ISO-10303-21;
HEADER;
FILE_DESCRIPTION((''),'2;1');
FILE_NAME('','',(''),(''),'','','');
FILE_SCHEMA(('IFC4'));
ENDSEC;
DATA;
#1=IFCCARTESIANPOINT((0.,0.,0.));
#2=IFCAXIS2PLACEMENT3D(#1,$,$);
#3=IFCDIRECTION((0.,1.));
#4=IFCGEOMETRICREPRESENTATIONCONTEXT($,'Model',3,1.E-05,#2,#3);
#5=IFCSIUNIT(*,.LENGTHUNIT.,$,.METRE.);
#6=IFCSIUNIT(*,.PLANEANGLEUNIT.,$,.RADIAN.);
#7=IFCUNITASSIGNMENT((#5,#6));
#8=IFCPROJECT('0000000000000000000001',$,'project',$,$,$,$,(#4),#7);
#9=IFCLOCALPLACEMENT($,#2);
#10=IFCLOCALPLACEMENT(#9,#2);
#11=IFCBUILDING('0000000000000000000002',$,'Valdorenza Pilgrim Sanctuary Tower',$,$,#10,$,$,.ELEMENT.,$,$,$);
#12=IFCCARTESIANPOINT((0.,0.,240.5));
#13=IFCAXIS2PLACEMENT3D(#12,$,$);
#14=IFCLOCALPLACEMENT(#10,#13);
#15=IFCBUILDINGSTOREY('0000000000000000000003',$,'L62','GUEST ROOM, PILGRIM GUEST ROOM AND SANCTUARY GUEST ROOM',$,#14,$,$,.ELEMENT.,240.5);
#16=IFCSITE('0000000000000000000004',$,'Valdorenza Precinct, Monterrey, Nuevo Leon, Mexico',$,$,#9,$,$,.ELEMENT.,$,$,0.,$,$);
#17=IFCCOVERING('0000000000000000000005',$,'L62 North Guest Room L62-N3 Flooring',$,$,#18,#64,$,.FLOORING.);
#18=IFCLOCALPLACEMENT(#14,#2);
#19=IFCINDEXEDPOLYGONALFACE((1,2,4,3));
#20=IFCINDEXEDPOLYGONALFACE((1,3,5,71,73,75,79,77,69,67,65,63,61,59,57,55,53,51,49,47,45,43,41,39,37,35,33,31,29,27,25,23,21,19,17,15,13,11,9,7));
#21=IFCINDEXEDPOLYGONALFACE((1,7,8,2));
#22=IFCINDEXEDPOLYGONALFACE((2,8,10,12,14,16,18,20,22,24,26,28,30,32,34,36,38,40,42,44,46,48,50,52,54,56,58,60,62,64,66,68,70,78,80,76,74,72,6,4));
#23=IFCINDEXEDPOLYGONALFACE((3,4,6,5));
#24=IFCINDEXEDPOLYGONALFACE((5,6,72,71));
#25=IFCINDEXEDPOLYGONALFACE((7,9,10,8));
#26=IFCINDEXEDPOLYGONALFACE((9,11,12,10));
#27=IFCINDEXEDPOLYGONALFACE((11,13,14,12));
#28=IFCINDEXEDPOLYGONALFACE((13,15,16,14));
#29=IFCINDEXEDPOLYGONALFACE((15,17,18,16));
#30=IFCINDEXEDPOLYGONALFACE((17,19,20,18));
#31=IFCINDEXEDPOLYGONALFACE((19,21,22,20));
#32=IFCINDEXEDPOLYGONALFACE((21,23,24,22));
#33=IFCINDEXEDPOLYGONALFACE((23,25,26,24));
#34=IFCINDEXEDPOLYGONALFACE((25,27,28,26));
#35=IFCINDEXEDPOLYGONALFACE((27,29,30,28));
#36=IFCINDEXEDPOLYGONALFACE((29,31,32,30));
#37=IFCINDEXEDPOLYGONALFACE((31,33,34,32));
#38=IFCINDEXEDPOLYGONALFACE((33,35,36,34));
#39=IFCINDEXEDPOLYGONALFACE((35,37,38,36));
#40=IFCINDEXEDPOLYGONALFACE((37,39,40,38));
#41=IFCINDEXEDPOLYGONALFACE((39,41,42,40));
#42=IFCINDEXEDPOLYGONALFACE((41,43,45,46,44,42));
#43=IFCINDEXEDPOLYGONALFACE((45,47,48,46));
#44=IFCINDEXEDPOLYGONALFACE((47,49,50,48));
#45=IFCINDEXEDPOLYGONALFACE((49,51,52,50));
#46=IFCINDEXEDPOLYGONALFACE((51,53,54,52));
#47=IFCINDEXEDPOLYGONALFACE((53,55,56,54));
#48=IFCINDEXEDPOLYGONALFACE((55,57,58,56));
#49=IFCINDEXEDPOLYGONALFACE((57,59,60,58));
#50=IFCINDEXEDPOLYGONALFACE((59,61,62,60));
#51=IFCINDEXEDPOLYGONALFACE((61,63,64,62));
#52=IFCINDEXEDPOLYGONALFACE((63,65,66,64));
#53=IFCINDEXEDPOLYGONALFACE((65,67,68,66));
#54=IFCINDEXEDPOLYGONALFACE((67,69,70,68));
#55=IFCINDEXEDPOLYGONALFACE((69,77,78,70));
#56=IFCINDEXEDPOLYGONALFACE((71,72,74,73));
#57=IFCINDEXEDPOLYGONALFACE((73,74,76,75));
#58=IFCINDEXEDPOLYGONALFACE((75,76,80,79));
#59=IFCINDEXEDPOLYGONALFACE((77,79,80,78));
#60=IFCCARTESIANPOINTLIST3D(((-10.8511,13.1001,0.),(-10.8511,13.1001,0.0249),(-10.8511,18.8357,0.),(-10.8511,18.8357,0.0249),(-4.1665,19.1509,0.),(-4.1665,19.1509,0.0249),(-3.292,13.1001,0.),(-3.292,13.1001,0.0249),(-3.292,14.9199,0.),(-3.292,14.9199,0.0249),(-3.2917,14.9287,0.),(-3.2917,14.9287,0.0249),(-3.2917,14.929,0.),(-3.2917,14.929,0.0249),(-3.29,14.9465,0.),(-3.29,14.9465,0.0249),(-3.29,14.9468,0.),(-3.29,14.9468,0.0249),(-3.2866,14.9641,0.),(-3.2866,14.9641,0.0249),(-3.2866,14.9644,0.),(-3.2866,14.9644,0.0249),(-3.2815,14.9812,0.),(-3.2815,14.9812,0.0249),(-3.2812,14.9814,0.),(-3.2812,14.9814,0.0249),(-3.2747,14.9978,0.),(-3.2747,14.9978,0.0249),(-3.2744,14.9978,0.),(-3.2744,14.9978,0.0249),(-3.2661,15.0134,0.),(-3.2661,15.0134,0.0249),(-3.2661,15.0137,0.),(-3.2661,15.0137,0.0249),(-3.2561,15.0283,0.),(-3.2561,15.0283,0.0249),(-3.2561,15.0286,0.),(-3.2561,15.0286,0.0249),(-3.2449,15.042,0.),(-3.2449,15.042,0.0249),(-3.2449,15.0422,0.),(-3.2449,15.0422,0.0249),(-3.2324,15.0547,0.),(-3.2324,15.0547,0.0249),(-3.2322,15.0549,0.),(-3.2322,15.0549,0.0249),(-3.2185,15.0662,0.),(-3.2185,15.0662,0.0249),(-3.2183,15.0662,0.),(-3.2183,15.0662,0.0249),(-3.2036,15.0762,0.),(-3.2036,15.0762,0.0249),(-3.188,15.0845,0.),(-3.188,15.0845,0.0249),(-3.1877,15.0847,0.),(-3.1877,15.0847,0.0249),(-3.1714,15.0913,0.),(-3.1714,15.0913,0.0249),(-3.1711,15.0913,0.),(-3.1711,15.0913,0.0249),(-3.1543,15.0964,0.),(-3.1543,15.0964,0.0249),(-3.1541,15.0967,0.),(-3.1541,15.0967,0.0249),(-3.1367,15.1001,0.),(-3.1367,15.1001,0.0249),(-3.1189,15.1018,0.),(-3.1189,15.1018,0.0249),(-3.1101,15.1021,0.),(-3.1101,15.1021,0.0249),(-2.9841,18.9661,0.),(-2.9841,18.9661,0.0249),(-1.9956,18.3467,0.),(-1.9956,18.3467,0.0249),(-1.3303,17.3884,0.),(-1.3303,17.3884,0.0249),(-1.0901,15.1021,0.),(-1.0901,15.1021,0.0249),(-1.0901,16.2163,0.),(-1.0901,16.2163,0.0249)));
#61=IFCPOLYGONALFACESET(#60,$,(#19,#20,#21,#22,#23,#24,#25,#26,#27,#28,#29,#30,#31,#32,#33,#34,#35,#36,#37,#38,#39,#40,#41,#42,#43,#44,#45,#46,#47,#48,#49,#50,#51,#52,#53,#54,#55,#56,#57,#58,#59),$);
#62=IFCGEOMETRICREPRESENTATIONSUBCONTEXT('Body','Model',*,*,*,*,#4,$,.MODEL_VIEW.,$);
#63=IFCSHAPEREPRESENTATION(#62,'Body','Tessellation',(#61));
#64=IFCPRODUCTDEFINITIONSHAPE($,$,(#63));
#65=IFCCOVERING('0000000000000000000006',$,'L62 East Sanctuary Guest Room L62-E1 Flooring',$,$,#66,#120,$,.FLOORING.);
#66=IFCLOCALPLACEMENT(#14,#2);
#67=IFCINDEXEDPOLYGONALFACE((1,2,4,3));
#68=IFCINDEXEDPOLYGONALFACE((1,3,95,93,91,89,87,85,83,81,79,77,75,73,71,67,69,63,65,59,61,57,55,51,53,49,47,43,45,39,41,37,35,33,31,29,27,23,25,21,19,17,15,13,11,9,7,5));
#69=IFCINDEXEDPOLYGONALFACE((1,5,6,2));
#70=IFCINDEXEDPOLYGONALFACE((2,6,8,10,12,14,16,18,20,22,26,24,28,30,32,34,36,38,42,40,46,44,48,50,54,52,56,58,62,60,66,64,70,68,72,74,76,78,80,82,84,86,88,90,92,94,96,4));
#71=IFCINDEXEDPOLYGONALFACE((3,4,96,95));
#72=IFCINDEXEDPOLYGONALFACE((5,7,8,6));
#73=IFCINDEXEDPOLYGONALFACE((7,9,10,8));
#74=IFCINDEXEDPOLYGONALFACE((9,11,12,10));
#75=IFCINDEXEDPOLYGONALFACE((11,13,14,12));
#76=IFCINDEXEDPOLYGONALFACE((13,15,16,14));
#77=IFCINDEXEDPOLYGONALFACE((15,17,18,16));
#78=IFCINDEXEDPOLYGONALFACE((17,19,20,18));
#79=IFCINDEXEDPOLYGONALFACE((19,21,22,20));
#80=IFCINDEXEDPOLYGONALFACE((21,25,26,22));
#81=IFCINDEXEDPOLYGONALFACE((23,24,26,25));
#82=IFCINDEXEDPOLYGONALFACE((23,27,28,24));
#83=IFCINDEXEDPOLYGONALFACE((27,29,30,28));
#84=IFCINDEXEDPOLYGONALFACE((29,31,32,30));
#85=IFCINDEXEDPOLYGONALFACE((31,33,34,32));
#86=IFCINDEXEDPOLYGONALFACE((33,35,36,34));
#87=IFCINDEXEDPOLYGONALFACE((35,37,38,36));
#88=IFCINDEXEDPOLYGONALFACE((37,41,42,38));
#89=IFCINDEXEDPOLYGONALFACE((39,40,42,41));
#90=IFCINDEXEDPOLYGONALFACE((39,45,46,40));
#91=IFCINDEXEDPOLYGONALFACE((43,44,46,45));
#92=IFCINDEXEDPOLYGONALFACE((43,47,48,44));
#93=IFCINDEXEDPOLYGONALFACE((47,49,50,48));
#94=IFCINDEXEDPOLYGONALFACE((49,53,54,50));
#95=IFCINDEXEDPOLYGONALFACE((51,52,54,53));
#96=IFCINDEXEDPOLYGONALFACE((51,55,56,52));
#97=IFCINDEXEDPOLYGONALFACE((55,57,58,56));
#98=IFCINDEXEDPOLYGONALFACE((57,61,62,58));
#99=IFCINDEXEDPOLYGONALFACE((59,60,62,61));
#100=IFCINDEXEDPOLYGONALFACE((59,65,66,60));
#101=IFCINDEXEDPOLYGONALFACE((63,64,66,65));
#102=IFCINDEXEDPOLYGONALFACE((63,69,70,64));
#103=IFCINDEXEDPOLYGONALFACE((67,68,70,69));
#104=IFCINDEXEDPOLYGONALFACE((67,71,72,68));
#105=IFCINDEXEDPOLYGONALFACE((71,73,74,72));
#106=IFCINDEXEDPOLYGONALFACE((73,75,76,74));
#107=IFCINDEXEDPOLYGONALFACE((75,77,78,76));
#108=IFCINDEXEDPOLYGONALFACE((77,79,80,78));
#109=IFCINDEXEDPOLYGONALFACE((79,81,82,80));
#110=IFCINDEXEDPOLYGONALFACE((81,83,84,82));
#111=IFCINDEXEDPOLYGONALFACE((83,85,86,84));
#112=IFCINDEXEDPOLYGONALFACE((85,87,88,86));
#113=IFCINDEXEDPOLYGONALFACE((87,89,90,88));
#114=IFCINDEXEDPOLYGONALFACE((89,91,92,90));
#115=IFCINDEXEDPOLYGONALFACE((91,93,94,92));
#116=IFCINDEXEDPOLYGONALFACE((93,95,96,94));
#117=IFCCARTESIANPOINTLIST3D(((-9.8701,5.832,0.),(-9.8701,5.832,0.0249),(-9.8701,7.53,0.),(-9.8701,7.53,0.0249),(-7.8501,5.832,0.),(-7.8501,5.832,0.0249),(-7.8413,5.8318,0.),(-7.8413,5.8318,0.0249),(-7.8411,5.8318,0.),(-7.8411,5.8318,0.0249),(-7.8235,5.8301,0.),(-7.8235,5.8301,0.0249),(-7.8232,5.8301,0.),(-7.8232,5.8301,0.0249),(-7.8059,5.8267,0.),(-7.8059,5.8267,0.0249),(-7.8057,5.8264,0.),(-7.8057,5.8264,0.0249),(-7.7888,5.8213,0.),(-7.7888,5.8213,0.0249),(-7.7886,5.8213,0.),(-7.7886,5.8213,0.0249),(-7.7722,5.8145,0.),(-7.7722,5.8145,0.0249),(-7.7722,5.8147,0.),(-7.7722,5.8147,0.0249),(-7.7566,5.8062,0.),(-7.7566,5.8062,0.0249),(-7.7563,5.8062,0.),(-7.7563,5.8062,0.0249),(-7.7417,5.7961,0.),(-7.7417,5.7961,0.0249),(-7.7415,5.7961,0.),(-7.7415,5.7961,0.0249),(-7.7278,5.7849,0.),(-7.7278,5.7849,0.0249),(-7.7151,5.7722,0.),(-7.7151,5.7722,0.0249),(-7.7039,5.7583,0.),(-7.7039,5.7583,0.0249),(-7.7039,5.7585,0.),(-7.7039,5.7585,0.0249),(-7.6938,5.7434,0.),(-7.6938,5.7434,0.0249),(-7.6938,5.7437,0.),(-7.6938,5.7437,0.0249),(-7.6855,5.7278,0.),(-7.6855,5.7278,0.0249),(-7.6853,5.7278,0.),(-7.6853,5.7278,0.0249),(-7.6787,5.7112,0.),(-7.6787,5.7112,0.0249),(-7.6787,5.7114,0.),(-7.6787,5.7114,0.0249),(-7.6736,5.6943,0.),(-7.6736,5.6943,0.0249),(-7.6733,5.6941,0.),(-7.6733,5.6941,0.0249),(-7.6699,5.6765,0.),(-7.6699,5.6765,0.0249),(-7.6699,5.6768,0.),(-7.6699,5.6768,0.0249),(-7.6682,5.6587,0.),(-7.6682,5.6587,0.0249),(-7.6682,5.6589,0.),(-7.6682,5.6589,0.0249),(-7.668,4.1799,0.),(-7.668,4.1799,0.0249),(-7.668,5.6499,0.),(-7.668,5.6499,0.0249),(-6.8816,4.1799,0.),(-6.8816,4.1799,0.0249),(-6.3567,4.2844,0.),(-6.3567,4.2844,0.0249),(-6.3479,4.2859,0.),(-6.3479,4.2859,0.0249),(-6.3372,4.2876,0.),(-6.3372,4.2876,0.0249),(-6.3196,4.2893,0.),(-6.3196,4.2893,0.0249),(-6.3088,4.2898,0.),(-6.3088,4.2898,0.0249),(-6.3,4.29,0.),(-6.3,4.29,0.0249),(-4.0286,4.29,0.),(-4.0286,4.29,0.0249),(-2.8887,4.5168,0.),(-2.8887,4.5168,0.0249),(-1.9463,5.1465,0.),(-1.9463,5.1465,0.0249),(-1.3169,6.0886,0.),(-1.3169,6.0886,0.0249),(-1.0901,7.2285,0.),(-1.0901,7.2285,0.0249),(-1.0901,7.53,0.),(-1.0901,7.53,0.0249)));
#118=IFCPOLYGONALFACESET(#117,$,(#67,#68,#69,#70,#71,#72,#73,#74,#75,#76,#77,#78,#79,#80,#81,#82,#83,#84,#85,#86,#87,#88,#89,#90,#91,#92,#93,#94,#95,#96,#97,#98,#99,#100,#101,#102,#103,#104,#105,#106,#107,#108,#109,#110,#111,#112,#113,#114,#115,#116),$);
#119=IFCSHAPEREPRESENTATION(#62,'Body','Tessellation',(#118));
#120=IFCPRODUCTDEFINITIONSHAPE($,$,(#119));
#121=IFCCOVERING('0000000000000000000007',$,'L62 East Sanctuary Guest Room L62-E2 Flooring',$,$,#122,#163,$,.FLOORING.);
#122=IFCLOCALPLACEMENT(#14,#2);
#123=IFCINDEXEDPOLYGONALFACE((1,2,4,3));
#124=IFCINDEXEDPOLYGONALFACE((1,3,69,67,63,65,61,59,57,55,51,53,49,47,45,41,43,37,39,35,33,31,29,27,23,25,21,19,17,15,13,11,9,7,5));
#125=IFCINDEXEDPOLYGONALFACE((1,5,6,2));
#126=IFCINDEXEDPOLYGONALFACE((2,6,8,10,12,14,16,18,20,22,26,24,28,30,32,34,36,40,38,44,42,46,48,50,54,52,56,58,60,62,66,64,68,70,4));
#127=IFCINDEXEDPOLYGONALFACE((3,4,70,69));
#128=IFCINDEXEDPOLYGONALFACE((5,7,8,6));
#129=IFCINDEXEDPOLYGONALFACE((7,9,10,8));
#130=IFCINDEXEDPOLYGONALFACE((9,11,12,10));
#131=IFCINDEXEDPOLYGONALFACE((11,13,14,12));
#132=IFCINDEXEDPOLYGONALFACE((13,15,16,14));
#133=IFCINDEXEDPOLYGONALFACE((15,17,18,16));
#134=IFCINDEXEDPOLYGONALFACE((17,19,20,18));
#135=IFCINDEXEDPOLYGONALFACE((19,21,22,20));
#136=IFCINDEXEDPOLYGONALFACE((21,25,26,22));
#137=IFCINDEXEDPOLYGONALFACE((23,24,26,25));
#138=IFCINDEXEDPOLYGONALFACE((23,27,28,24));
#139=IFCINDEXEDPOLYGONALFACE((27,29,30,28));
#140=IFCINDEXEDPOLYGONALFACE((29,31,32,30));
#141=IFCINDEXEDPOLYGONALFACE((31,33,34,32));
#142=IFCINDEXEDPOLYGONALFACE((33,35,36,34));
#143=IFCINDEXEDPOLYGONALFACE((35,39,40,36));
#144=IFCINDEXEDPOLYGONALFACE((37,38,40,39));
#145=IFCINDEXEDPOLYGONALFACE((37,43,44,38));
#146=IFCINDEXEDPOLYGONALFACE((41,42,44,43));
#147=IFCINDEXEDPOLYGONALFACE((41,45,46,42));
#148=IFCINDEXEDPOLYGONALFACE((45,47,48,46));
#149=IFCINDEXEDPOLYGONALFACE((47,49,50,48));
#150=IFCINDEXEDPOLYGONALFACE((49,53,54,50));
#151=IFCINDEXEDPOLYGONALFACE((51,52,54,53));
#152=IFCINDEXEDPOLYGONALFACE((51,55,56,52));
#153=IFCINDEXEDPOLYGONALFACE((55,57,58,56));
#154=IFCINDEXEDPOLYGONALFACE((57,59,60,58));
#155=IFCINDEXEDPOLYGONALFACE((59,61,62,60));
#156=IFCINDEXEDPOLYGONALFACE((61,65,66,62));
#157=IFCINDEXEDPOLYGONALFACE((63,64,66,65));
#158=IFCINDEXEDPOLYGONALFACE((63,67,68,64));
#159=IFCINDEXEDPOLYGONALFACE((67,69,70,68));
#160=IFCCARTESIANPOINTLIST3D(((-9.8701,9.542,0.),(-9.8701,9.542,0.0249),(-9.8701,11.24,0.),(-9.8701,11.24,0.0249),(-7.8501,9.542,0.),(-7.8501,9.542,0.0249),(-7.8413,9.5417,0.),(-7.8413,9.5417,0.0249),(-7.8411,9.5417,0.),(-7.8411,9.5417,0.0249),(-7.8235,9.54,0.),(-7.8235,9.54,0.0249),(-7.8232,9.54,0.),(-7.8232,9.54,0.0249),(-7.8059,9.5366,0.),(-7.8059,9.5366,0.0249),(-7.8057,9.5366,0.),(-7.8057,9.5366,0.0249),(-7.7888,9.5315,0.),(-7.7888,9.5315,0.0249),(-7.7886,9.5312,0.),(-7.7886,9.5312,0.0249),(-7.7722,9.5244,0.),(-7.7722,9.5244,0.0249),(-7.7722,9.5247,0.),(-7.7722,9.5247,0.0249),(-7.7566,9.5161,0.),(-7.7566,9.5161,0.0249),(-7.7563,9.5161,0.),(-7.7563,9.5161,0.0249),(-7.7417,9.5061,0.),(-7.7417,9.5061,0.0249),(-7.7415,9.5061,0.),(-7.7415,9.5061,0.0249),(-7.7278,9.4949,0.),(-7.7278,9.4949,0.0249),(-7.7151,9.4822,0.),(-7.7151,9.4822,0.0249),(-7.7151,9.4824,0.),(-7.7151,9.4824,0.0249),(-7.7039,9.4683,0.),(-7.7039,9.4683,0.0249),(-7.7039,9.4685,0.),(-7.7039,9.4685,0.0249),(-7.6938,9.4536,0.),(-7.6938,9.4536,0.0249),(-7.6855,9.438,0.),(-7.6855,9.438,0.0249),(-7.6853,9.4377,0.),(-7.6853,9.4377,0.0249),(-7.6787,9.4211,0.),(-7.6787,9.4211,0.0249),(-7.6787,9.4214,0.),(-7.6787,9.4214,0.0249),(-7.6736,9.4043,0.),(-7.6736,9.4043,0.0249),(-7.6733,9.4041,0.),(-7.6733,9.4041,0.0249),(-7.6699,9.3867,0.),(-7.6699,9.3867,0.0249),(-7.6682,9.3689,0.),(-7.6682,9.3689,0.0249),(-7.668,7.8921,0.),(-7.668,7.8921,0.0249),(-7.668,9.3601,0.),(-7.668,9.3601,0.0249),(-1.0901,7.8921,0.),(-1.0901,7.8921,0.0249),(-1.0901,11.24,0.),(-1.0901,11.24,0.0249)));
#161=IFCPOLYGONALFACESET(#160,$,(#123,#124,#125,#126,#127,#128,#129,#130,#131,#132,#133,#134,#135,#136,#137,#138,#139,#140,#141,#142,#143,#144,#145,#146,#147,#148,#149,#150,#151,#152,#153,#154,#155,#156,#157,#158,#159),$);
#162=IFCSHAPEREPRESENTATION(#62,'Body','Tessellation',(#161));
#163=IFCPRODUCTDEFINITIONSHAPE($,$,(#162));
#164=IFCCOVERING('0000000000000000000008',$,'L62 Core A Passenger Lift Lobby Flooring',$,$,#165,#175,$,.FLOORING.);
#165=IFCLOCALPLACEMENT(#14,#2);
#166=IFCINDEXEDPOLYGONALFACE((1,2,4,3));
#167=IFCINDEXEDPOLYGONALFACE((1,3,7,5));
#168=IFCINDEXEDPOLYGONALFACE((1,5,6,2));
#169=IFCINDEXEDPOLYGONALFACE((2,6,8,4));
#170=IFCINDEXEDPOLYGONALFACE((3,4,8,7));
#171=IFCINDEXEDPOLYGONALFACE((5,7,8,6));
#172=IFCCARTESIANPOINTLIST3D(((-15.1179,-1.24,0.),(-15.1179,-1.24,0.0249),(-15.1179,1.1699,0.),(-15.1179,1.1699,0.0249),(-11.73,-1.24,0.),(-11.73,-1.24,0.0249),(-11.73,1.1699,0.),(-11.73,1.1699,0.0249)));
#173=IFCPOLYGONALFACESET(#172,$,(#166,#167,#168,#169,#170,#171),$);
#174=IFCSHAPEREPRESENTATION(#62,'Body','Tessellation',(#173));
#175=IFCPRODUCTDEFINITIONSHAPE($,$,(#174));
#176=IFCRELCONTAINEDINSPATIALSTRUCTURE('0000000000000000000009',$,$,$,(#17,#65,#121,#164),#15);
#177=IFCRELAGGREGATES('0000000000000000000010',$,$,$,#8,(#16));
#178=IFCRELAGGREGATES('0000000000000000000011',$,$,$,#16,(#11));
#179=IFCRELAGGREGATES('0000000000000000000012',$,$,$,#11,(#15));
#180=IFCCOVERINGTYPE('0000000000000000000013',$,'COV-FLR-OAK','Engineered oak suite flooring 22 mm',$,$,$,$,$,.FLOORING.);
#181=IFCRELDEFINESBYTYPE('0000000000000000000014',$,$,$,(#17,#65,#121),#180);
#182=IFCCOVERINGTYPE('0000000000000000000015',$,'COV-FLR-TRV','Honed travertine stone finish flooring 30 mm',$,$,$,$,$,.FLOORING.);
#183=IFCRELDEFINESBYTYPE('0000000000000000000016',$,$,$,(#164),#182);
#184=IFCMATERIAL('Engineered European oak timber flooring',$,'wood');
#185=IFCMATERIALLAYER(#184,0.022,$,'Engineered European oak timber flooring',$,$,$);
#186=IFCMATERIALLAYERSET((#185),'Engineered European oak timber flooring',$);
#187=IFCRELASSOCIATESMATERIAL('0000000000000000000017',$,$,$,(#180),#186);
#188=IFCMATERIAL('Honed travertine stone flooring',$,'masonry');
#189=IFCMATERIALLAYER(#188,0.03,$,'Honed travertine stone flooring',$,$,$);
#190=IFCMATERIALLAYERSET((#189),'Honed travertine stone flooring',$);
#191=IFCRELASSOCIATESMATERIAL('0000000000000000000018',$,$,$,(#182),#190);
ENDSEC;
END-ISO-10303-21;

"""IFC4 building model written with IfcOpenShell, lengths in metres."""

from ifc_helpers import new_model, si_unit, direction, frame, origin, place, context, subcontext, project, spatial, polyline, outline, extrude, material, layer, layer_set, type_object, element, save


model = new_model("IFC4")

# Units and contexts
model_context = context("Model", 3, precision=1e-05, world=origin(), true_north=direction((0.0, 1.0)))
body_context = subcontext(model_context, "Body", "Model", "MODEL_VIEW")
ifc_project = project(units=[si_unit("LENGTHUNIT", "METRE"), si_unit("PLANEANGLEUNIT", "RADIAN")], contexts=[model_context])

# Site, building, storey
site_placement = place(None, origin())
site = spatial("IfcSite", under=ifc_project, at=site_placement, Name="Valdorenza Precinct, Monterrey, Nuevo Leon, Mexico", CompositionType="ELEMENT", RefElevation=0.0)
building_placement = place(site_placement, origin())
building = spatial("IfcBuilding", under=site, at=building_placement, Name="Valdorenza Pilgrim Sanctuary Tower", CompositionType="ELEMENT")
storey_placement = place(building_placement, frame((0.0, 0.0, 240.5)))
storey = spatial("IfcBuildingStorey", under=building, at=storey_placement, Name="L62", Description="GUEST ROOM, PILGRIM GUEST ROOM AND SANCTUARY GUEST ROOM", CompositionType="ELEMENT", Elevation=240.5)

# Coverings
ifc_material_1 = material(Name="Engineered European oak timber flooring", Category="wood")
ifc_layer_1 = layer(ifc_material_1, 0.022, Name="Engineered European oak timber flooring")
ifc_layer_set_1 = layer_set([ifc_layer_1], Name="Engineered European oak timber flooring")
covering_type_1 = type_object("IfcCoveringType", Name="COV-FLR-OAK", Description="Engineered oak suite flooring 22 mm", PredefinedType="FLOORING", material=ifc_layer_set_1)
covering_1_placement = place(storey_placement, origin())
element("IfcCovering", 1, at=covering_1_placement, inside=storey, type_object=covering_type_1, Name="L62 North Guest Room L62-N3 Flooring", PredefinedType="FLOORING", context=body_context, shape_type="SweptSolid", body=[
    extrude(outline(polyline([(-4.1665, 19.1509), (-2.9841, 18.9661), (-1.9956, 18.3467), (-1.3303, 17.3884), (-1.0901, 16.2163), (-1.0901, 15.1021), (-3.1101, 15.1021), (-3.1189, 15.1018), (-3.1189, 15.1018), (-3.1367, 15.1001), (-3.1367, 15.1001), (-3.1541, 15.0967), (-3.1543, 15.0964), (-3.1711, 15.0913), (-3.1714, 15.0913), (-3.1877, 15.0847), (-3.188, 15.0845), (-3.2036, 15.0762), (-3.2036, 15.0762), (-3.2183, 15.0662), (-3.2185, 15.0662), (-3.2322, 15.0549), (-3.2324, 15.0547), (-3.2449, 15.0422), (-3.2449, 15.042), (-3.2561, 15.0286), (-3.2561, 15.0283), (-3.2661, 15.0137), (-3.2661, 15.0134), (-3.2744, 14.9978), (-3.2747, 14.9978), (-3.2812, 14.9814), (-3.2815, 14.9812), (-3.2866, 14.9644), (-3.2866, 14.9641), (-3.29, 14.9468), (-3.29, 14.9465), (-3.2917, 14.929), (-3.2917, 14.9287), (-3.292, 14.9199), (-3.292, 13.1001), (-10.8511, 13.1001), (-10.8511, 18.8357), (-4.1665, 19.1509)])), origin(), (0.0, 0.0, 1.0), 0.0249),
])
covering_2_placement = place(storey_placement, origin())
element("IfcCovering", 2, at=covering_2_placement, inside=storey, type_object=covering_type_1, Name="L62 East Sanctuary Guest Room L62-E1 Flooring", PredefinedType="FLOORING", context=body_context, shape_type="SweptSolid", body=[
    extrude(outline(polyline([(-1.0901, 7.2285), (-1.3169, 6.0886), (-1.9463, 5.1465), (-2.8887, 4.5168), (-4.0286, 4.29), (-6.3, 4.29), (-6.3088, 4.2898), (-6.3196, 4.2893), (-6.3372, 4.2876), (-6.3479, 4.2859), (-6.3567, 4.2844), (-6.8816, 4.1799), (-7.668, 4.1799), (-7.668, 5.6499), (-7.6682, 5.6587), (-7.6682, 5.6589), (-7.6699, 5.6765), (-7.6699, 5.6768), (-7.6733, 5.6941), (-7.6736, 5.6943), (-7.6787, 5.7112), (-7.6787, 5.7114), (-7.6853, 5.7278), (-7.6855, 5.7278), (-7.6938, 5.7434), (-7.6938, 5.7437), (-7.7039, 5.7583), (-7.7039, 5.7585), (-7.7151, 5.7722), (-7.7151, 5.7722), (-7.7278, 5.7849), (-7.7278, 5.7849), (-7.7415, 5.7961), (-7.7417, 5.7961), (-7.7563, 5.8062), (-7.7566, 5.8062), (-7.7722, 5.8145), (-7.7722, 5.8147), (-7.7886, 5.8213), (-7.7888, 5.8213), (-7.8057, 5.8264), (-7.8059, 5.8267), (-7.8232, 5.8301), (-7.8235, 5.8301), (-7.8411, 5.8318), (-7.8413, 5.8318), (-7.8501, 5.832), (-9.8701, 5.832), (-9.8701, 7.53), (-1.0901, 7.53), (-1.0901, 7.2285)])), origin(), (0.0, 0.0, 1.0), 0.0249),
])
covering_3_placement = place(storey_placement, origin())
element("IfcCovering", 3, at=covering_3_placement, inside=storey, type_object=covering_type_1, Name="L62 East Sanctuary Guest Room L62-E2 Flooring", PredefinedType="FLOORING", context=body_context, shape_type="SweptSolid", body=[
    extrude(outline(polyline([(-1.0901, 7.8921), (-7.668, 7.8921), (-7.668, 9.3601), (-7.6682, 9.3689), (-7.6682, 9.3689), (-7.6699, 9.3867), (-7.6699, 9.3867), (-7.6733, 9.4041), (-7.6736, 9.4043), (-7.6787, 9.4211), (-7.6787, 9.4214), (-7.6853, 9.4377), (-7.6855, 9.438), (-7.6938, 9.4536), (-7.6938, 9.4536), (-7.7039, 9.4683), (-7.7039, 9.4685), (-7.7151, 9.4822), (-7.7151, 9.4824), (-7.7278, 9.4949), (-7.7278, 9.4949), (-7.7415, 9.5061), (-7.7417, 9.5061), (-7.7563, 9.5161), (-7.7566, 9.5161), (-7.7722, 9.5244), (-7.7722, 9.5247), (-7.7886, 9.5312), (-7.7888, 9.5315), (-7.8057, 9.5366), (-7.8059, 9.5366), (-7.8232, 9.54), (-7.8235, 9.54), (-7.8411, 9.5417), (-7.8413, 9.5417), (-7.8501, 9.542), (-9.8701, 9.542), (-9.8701, 11.24), (-1.0901, 11.24), (-1.0901, 7.8921)])), origin(), (0.0, 0.0, 1.0), 0.0249),
])
ifc_material_2 = material(Name="Honed travertine stone flooring", Category="masonry")
ifc_layer_2 = layer(ifc_material_2, 0.03, Name="Honed travertine stone flooring")
ifc_layer_set_2 = layer_set([ifc_layer_2], Name="Honed travertine stone flooring")
covering_type_2 = type_object("IfcCoveringType", Name="COV-FLR-TRV", Description="Honed travertine stone finish flooring 30 mm", PredefinedType="FLOORING", material=ifc_layer_set_2)
covering_4_placement = place(storey_placement, origin())
element("IfcCovering", 4, at=covering_4_placement, inside=storey, type_object=covering_type_2, Name="L62 Core A Passenger Lift Lobby Flooring", PredefinedType="FLOORING", context=body_context, shape_type="SweptSolid", body=[
    extrude(outline(polyline([(-15.1179, 1.1699), (-11.73, 1.1699), (-11.73, -1.24), (-15.1179, -1.24), (-15.1179, 1.1699)])), origin(), (0.0, 0.0, 1.0), 0.0249),
])

save(model, "model.ifc")
